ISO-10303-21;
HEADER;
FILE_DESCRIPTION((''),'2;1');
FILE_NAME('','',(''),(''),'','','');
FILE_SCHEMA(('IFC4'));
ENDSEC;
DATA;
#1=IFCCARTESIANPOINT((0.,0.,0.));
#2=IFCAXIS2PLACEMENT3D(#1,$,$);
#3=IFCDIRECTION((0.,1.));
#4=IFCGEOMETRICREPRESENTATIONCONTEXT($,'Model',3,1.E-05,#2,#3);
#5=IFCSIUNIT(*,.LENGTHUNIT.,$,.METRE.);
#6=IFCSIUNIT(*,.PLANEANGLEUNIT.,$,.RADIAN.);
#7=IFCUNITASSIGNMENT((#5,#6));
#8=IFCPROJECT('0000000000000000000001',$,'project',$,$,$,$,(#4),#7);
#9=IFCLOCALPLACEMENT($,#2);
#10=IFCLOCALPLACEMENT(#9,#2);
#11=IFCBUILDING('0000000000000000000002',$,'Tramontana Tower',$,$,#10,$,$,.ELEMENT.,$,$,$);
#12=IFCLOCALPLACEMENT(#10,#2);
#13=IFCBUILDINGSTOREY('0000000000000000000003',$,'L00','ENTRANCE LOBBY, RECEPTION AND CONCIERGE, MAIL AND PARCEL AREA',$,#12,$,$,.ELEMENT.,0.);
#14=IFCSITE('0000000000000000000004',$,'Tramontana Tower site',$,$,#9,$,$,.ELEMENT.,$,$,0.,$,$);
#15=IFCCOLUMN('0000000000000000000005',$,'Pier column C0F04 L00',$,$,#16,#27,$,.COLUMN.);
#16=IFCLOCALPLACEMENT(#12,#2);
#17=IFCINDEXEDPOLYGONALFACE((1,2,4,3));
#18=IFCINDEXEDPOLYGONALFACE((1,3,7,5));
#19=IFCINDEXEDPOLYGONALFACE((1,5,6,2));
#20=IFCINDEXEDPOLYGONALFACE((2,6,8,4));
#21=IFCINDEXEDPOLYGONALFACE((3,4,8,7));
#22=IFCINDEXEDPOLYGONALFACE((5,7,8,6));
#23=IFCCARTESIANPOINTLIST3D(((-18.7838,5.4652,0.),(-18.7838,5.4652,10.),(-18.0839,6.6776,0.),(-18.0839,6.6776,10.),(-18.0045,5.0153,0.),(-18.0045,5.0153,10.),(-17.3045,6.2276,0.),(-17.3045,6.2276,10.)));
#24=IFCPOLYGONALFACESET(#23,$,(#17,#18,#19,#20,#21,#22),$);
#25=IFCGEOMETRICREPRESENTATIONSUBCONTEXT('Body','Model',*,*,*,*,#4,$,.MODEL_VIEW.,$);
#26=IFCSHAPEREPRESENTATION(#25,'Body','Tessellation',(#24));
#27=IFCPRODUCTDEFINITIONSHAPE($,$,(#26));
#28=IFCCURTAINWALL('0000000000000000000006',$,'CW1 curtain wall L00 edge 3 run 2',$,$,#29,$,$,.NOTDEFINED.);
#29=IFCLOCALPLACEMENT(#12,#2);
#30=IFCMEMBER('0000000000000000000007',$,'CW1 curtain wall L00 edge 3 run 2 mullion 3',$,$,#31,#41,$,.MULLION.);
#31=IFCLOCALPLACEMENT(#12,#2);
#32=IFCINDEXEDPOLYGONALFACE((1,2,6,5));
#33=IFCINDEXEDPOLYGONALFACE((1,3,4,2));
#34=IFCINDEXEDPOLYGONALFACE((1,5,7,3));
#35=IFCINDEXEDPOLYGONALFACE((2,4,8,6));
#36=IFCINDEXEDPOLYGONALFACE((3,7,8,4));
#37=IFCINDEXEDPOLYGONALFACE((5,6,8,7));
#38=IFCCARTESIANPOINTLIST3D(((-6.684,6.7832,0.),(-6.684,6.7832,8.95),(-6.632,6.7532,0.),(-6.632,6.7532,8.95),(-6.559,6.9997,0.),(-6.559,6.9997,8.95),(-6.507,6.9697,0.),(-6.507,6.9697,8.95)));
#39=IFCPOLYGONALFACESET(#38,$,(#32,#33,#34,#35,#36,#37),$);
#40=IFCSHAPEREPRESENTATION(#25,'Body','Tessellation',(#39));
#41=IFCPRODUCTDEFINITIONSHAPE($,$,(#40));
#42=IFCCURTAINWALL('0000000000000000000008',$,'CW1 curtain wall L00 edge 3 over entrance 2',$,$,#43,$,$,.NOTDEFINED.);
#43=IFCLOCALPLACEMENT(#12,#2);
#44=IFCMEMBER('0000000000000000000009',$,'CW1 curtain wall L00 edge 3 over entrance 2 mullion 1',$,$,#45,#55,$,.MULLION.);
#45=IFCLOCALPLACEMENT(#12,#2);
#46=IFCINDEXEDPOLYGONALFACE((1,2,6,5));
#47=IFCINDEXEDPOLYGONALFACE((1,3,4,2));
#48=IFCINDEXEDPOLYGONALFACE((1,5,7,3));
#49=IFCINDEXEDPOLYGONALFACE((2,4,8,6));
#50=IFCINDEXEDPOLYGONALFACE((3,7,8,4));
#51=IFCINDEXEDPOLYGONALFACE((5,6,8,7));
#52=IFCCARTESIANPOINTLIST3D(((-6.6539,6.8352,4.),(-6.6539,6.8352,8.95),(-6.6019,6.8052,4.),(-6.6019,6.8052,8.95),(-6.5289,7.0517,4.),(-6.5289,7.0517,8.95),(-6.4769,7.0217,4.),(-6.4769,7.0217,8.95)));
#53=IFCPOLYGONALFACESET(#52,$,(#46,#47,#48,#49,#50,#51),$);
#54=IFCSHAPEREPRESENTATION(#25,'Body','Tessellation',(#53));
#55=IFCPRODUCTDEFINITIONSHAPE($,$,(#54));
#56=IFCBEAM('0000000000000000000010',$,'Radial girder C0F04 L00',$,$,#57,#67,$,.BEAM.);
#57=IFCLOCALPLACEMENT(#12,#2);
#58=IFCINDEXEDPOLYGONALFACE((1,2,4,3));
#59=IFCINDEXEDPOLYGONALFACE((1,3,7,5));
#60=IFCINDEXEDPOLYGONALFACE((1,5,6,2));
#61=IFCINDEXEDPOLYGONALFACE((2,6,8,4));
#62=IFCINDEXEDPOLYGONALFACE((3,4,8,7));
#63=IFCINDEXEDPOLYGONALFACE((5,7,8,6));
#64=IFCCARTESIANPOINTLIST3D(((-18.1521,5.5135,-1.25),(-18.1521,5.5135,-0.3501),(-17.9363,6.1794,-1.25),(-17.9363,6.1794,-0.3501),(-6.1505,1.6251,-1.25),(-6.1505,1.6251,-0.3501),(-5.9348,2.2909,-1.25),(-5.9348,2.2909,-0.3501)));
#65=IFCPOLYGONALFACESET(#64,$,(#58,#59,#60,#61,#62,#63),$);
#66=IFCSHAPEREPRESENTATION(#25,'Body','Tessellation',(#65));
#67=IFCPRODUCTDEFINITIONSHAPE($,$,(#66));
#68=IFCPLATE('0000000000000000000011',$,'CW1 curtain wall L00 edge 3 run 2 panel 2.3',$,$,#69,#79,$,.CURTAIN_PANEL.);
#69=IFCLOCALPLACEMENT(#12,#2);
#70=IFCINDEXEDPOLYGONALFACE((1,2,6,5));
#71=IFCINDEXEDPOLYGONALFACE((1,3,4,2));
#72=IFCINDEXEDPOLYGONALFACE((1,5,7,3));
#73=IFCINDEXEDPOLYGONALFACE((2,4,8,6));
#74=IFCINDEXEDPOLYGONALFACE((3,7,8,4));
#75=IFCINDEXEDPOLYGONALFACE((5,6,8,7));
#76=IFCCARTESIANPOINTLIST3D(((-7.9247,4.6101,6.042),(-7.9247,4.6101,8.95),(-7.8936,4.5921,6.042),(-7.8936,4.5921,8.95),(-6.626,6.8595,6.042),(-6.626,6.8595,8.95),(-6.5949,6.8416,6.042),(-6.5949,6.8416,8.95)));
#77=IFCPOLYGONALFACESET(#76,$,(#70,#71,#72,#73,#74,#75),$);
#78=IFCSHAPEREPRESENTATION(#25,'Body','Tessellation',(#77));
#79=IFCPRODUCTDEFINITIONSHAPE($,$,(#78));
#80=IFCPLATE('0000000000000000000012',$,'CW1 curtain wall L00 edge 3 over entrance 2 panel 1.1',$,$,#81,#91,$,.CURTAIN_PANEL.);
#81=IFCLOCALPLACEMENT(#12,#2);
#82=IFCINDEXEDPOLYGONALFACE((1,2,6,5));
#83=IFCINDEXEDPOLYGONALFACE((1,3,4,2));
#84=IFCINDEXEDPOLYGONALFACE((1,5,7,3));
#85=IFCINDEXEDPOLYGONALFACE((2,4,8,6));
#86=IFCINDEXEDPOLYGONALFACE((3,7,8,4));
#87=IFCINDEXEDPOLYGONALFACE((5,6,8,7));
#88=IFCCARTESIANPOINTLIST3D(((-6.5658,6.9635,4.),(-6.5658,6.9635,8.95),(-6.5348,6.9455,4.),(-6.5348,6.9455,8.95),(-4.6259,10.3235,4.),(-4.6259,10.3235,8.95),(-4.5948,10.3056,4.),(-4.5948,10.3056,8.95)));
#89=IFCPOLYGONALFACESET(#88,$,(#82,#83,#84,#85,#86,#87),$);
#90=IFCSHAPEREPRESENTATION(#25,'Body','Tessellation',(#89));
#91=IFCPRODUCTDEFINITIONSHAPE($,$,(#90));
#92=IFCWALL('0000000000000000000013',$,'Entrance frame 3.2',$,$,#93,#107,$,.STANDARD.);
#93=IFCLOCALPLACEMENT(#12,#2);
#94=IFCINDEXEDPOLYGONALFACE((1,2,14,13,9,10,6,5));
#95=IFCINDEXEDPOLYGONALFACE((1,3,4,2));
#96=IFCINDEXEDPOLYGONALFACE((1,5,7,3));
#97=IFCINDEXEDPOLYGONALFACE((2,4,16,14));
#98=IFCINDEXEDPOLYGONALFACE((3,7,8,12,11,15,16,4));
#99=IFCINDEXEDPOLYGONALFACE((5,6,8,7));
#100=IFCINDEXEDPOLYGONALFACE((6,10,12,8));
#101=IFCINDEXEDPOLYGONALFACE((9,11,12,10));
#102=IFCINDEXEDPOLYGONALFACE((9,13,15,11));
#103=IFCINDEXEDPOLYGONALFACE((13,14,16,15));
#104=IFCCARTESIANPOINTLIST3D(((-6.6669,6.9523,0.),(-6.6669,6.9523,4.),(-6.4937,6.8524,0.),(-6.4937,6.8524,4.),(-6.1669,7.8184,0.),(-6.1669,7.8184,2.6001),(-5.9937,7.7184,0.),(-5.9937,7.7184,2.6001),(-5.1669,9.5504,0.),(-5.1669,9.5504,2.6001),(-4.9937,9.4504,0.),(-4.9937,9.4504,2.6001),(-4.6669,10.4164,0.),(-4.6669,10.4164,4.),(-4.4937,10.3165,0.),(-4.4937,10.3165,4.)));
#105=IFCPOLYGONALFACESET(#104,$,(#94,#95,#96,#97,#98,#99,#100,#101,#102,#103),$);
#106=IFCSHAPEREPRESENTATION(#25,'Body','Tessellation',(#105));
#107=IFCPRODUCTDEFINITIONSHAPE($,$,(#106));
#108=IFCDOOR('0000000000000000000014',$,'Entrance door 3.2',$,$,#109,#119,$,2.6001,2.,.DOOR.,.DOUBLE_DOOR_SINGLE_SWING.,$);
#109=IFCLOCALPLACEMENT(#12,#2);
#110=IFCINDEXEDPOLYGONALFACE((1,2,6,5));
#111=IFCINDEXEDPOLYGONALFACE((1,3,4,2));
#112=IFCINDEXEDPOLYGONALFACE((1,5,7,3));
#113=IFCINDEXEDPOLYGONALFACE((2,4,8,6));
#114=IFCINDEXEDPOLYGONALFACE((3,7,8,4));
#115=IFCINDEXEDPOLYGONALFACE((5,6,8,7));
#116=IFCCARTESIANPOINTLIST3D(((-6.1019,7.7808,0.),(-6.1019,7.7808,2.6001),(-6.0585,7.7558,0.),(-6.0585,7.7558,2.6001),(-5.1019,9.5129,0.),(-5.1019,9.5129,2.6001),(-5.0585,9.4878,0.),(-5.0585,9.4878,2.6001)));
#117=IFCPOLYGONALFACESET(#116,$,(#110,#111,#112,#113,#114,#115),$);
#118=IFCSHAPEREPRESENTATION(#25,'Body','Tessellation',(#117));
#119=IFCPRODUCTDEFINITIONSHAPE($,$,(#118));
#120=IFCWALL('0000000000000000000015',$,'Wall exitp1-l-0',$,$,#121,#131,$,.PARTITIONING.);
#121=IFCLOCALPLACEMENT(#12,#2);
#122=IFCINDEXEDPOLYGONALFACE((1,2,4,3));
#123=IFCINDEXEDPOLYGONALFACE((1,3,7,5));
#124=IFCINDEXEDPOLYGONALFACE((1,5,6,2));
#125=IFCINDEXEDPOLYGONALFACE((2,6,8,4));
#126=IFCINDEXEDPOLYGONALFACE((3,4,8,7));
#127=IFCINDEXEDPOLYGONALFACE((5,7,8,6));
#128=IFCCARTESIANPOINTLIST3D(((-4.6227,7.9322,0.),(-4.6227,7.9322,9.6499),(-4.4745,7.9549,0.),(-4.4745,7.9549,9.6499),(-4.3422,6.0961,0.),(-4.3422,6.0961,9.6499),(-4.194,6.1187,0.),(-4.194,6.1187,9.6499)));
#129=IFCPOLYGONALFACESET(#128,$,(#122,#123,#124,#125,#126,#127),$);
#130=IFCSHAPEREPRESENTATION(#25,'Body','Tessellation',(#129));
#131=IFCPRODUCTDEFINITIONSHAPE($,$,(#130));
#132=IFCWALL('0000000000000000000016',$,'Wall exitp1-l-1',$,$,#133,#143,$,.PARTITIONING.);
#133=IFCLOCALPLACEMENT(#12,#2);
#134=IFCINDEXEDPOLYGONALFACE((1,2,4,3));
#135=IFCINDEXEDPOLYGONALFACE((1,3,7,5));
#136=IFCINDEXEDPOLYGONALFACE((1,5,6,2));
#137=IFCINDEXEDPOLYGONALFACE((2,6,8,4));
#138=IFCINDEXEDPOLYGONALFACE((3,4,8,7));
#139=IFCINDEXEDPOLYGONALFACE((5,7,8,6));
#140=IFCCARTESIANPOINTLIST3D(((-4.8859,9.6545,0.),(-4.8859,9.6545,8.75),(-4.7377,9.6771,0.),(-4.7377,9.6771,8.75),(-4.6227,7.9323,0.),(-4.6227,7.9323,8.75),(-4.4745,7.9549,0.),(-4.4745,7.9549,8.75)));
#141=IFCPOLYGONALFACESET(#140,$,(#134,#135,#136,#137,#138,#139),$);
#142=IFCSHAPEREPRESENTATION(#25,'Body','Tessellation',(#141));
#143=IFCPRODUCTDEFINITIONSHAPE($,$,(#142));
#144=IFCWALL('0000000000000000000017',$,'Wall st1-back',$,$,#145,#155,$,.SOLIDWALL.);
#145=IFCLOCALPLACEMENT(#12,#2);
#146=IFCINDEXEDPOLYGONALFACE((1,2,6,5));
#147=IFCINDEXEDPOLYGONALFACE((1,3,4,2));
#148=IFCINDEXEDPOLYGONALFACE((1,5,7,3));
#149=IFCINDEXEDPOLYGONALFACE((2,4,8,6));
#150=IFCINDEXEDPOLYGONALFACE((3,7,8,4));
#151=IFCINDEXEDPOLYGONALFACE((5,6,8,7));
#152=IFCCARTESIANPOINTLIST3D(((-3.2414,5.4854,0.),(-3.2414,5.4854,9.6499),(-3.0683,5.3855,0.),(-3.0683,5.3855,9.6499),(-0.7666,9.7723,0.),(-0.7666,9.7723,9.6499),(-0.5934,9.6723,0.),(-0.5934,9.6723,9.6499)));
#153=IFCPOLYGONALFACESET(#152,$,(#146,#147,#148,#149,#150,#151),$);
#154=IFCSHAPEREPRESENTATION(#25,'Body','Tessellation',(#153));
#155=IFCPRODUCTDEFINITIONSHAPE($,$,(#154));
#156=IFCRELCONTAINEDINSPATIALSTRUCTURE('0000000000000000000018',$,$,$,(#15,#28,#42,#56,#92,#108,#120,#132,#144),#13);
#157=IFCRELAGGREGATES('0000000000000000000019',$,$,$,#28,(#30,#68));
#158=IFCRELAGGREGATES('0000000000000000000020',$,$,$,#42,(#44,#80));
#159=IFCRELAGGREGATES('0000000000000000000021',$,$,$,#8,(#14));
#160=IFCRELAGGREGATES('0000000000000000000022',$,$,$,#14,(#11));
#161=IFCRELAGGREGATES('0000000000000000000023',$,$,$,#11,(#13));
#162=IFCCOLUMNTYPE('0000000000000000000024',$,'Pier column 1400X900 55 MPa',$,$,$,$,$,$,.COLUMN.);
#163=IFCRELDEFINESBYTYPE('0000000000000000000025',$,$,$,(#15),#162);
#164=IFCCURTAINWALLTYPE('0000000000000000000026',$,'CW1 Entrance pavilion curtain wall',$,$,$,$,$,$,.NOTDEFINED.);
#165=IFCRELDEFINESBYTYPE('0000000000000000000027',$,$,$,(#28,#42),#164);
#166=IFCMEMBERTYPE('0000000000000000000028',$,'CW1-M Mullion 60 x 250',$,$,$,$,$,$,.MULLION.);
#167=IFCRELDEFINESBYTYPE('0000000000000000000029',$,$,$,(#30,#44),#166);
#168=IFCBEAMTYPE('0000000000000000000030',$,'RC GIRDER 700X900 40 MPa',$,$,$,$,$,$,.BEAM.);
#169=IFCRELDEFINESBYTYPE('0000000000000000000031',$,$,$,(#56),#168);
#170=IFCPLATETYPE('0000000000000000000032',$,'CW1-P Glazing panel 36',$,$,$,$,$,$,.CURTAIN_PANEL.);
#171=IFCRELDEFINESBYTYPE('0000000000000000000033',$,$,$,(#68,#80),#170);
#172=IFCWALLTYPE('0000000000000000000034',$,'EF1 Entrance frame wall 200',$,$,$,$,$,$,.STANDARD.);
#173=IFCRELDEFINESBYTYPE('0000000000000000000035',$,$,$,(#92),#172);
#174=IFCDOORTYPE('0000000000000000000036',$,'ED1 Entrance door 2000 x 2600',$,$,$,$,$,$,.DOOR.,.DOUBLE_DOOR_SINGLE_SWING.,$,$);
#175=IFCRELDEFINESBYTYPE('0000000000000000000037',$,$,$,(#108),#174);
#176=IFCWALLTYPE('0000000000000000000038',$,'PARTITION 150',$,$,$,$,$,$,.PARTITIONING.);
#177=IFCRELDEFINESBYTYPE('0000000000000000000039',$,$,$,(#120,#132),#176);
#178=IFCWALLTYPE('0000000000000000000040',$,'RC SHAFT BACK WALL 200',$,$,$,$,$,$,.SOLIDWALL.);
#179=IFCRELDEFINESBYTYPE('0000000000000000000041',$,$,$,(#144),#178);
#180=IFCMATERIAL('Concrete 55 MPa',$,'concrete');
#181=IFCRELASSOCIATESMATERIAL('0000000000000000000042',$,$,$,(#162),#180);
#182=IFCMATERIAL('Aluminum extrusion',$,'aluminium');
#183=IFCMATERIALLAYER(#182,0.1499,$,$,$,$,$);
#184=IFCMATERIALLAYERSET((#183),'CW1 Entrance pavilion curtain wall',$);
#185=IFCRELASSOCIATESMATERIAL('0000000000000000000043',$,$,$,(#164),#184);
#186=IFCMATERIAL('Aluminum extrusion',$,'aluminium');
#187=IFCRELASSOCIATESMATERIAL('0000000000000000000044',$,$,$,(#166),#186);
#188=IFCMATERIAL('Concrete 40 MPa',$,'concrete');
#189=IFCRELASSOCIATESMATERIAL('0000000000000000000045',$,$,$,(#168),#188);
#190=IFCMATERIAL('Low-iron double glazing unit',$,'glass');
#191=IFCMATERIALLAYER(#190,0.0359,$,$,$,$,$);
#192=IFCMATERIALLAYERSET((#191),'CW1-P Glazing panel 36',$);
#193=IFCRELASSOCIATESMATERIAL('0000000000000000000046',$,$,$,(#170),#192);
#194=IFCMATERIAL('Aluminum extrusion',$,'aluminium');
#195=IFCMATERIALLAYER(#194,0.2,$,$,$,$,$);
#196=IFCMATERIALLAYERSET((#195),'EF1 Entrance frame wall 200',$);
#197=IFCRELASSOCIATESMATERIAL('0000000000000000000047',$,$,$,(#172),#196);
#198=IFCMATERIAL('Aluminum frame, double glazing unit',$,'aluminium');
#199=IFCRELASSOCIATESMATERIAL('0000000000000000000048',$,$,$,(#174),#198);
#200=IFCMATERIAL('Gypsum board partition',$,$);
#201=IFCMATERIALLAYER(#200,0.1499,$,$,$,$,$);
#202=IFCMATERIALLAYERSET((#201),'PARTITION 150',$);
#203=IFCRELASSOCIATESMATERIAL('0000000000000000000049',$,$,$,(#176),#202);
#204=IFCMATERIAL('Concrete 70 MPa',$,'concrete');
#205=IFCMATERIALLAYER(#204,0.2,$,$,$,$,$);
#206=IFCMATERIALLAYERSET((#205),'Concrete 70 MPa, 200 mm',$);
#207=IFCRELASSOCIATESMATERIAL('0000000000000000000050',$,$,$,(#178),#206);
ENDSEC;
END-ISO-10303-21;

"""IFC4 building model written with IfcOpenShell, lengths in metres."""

from ifc_helpers import new_model, si_unit, direction, frame, frame_2d, origin, origin_2d, place, context, subcontext, project, spatial, rectangle, extrude, material, layer, layer_set, material_profile, profile_set, type_object, element, fill, aggregate, save


model = new_model("IFC4")

# Units and contexts
model_context = context("Model", 3, precision=1e-05, world=origin(), true_north=direction((0.0, 1.0)))
body_context = subcontext(model_context, "Body", "Model", "MODEL_VIEW")
ifc_project = project(units=[si_unit("LENGTHUNIT", "METRE"), si_unit("PLANEANGLEUNIT", "RADIAN")], contexts=[model_context])

# Site, building, storey
site_placement = place(None, origin())
site = spatial("IfcSite", under=ifc_project, at=site_placement, Name="Tramontana Tower site", CompositionType="ELEMENT", RefElevation=0.0)
building_placement = place(site_placement, origin())
building = spatial("IfcBuilding", under=site, at=building_placement, Name="Tramontana Tower", CompositionType="ELEMENT")
storey_placement = place(building_placement, origin())
storey = spatial("IfcBuildingStorey", under=building, at=storey_placement, Name="L00", Description="ENTRANCE LOBBY, RECEPTION AND CONCIERGE, MAIL AND PARCEL AREA", CompositionType="ELEMENT", Elevation=0.0)

# Column
ifc_material_1 = material(Name="Concrete 55 MPa", Category="concrete")
ifc_material_profile_1 = material_profile(ifc_material_1, rectangle(XDim=1.3999, YDim=0.8999, at=origin_2d()), Name="Pier column 1400X900 55 MPa")
ifc_profile_set_1 = profile_set([ifc_material_profile_1], Name="Concrete 55 MPa")
column_type = type_object("IfcColumnType", Name="Pier column 1400X900 55 MPa", PredefinedType="COLUMN", material=ifc_profile_set_1)
column_placement = place(storey_placement, frame((-18.0442, 5.8464, 0.0), z_axis=(0.0, 0.0, 1.0), x_axis=(-0.5, -0.866025, 0.0)))
element("IfcColumn", 1, at=column_placement, inside=storey, type_object=column_type, Name="Pier column C0F04 L00", PredefinedType="COLUMN", context=body_context, shape_type="SweptSolid", body=[
    extrude(rectangle(XDim=1.3999, YDim=0.8999, at=origin_2d()), origin(), (0.0, 0.0, 1.0), 10.0),
])

# Curtain walls, members
ifc_material_2 = material(Name="Aluminum extrusion", Category="aluminium")
ifc_layer_1 = layer(ifc_material_2, 0.1499)
ifc_layer_set_1 = layer_set([ifc_layer_1], Name="CW1 Entrance pavilion curtain wall")
curtain_wall_type = type_object("IfcCurtainWallType", Name="CW1 Entrance pavilion curtain wall", PredefinedType="NOTDEFINED", material=ifc_layer_set_1)
curtain_wall_1_placement = place(storey_placement, origin())
curtain_wall_1 = element("IfcCurtainWall", 2, at=curtain_wall_1_placement, inside=storey, type_object=curtain_wall_type, Name="CW1 curtain wall L00 edge 3 run 2", PredefinedType="NOTDEFINED")
ifc_material_3 = material(Name="Aluminum extrusion", Category="aluminium")
ifc_material_profile_2 = material_profile(ifc_material_3, rectangle(XDim=0.0601, YDim=0.25, at=origin_2d()), Name="CW1-M Mullion 60 x 250")
ifc_profile_set_2 = profile_set([ifc_material_profile_2], Name="Aluminum extrusion")
member_type = type_object("IfcMemberType", Name="CW1-M Mullion 60 x 250", PredefinedType="MULLION", material=ifc_profile_set_2)
member_1_placement = place(storey_placement, frame((-6.5955, 6.8765, 0.0), z_axis=(0.0, 0.0, 1.0), x_axis=(-0.866025, 0.5, 0.0)))
member_1 = element("IfcMember", 3, at=member_1_placement, type_object=member_type, Name="CW1 curtain wall L00 edge 3 run 2 mullion 3", PredefinedType="MULLION", context=body_context, shape_type="SweptSolid", body=[
    extrude(rectangle(XDim=0.0601, YDim=0.25, at=origin_2d()), origin(), (0.0, 0.0, 1.0), 8.95),
])
curtain_wall_2_placement = place(storey_placement, origin())
curtain_wall_2 = element("IfcCurtainWall", 4, at=curtain_wall_2_placement, inside=storey, type_object=curtain_wall_type, Name="CW1 curtain wall L00 edge 3 over entrance 2", PredefinedType="NOTDEFINED")
member_2_placement = place(storey_placement, frame((-6.5654, 6.9285, 4.0), z_axis=(0.0, 0.0, 1.0), x_axis=(-0.866025, 0.5, 0.0)))
member_2 = element("IfcMember", 5, at=member_2_placement, type_object=member_type, Name="CW1 curtain wall L00 edge 3 over entrance 2 mullion 1", PredefinedType="MULLION", context=body_context, shape_type="SweptSolid", body=[
    extrude(rectangle(XDim=0.0601, YDim=0.25, at=origin_2d()), origin(), (0.0, 0.0, 1.0), 4.95),
])

# Beam
ifc_material_4 = material(Name="Concrete 40 MPa", Category="concrete")
ifc_material_profile_3 = material_profile(ifc_material_4, rectangle(XDim=0.7, YDim=0.8999, at=origin_2d()), Name="RC GIRDER 700X900 40 MPa")
ifc_profile_set_3 = profile_set([ifc_material_profile_3], Name="Concrete 40 MPa")
beam_type = type_object("IfcBeamType", Name="RC GIRDER 700X900 40 MPa", PredefinedType="BEAM", material=ifc_profile_set_3)
beam_placement = place(storey_placement, frame((-18.0442, 5.8464, -0.8), z_axis=(0.951314, -0.308222, 0.0), x_axis=(0.308222, 0.951314, 0.0)))
element("IfcBeam", 6, at=beam_placement, inside=storey, type_object=beam_type, Name="Radial girder C0F04 L00", PredefinedType="BEAM", context=body_context, shape_type="SweptSolid", body=[
    extrude(rectangle(XDim=0.7, YDim=0.8999, at=origin_2d()), origin(), (0.0, 0.0, 1.0), 12.6157),
])

# Plates
ifc_material_5 = material(Name="Low-iron double glazing unit", Category="glass")
ifc_layer_2 = layer(ifc_material_5, 0.0359)
ifc_layer_set_2 = layer_set([ifc_layer_2], Name="CW1-P Glazing panel 36")
plate_type = type_object("IfcPlateType", Name="CW1-P Glazing panel 36", PredefinedType="CURTAIN_PANEL", material=ifc_layer_set_2)
plate_1_placement = place(storey_placement, frame((-7.2598, 5.7258, 6.042), z_axis=(0.0, 0.0, 1.0), x_axis=(0.5, 0.866025, 0.0)))
plate_1 = element("IfcPlate", 7, at=plate_1_placement, type_object=plate_type, Name="CW1 curtain wall L00 edge 3 run 2 panel 2.3", PredefinedType="CURTAIN_PANEL", context=body_context, shape_type="SweptSolid", body=[
    extrude(rectangle(XDim=2.5974, YDim=0.0359, at=origin_2d()), origin(), (0.0, 0.0, 1.0), 2.908),
])
aggregate(curtain_wall_1, [member_1, plate_1])
plate_2_placement = place(storey_placement, frame((-5.5803, 8.6345, 4.0), z_axis=(0.0, 0.0, 1.0), x_axis=(0.5, 0.866025, 0.0)))
plate_2 = element("IfcPlate", 8, at=plate_2_placement, type_object=plate_type, Name="CW1 curtain wall L00 edge 3 over entrance 2 panel 1.1", PredefinedType="CURTAIN_PANEL", context=body_context, shape_type="SweptSolid", body=[
    extrude(rectangle(XDim=3.8799, YDim=0.0359, at=origin_2d()), origin(), (0.0, 0.0, 1.0), 4.95),
])
aggregate(curtain_wall_2, [member_2, plate_2])

# Wall, opening, door
ifc_material_6 = material(Name="Aluminum extrusion", Category="aluminium")
ifc_layer_3 = layer(ifc_material_6, 0.2)
ifc_layer_set_3 = layer_set([ifc_layer_3], Name="EF1 Entrance frame wall 200")
wall_type_1 = type_object("IfcWallType", Name="EF1 Entrance frame wall 200", PredefinedType="STANDARD", material=ifc_layer_set_3)
wall_1_placement = place(storey_placement, frame((-6.5803, 6.9023, 0.0), z_axis=(0.0, 0.0, 1.0), x_axis=(0.499999, 0.866026, 0.0)))
wall_1 = element("IfcWall", 9, at=wall_1_placement, inside=storey, type_object=wall_type_1, Name="Entrance frame 3.2", PredefinedType="STANDARD", context=body_context, shape_type="SweptSolid", body=[
    extrude(rectangle(XDim=4.0, YDim=0.2, at=frame_2d((2.0, 0.0))), origin(), (0.0, 0.0, 1.0), 4.0),
])
opening_placement = place(wall_1_placement, frame((1.0, 0.0, 0.0)))
opening = element("IfcOpeningElement", 10, at=opening_placement, cuts=wall_1, PredefinedType="OPENING", context=body_context, shape_type="SweptSolid", body=[
    extrude(rectangle(XDim=2.0, YDim=2.6001, at=frame_2d((1.0, 1.3))), frame((0.0, 0.1099, 0.0), z_axis=(0.0, -1.0, 0.0), x_axis=(1.0, 0.0, 0.0)), (0.0, 0.0, 1.0), 0.22),
])
ifc_material_7 = material(Name="Aluminum frame, double glazing unit", Category="aluminium")
door_type = type_object("IfcDoorType", Name="ED1 Entrance door 2000 x 2600", OperationType="DOUBLE_DOOR_SINGLE_SWING", PredefinedType="DOOR", material=ifc_material_7)
door_placement = place(opening_placement, origin())
door = element("IfcDoor", 11, at=door_placement, inside=storey, type_object=door_type, Name="Entrance door 3.2", OperationType="DOUBLE_DOOR_SINGLE_SWING", OverallHeight=2.6001, OverallWidth=2.0, PredefinedType="DOOR", context=body_context, shape_type="SweptSolid", body=[
    extrude(rectangle(XDim=2.0, YDim=2.6001, at=frame_2d((1.0, 1.3))), frame((0.0, 0.0249, 0.0), z_axis=(0.0, -1.0, 0.0), x_axis=(1.0, 0.0, 0.0)), (0.0, 0.0, 1.0), 0.05),
])
fill(opening, door)

# Walls
ifc_material_8 = material(Name="Gypsum board partition")
ifc_layer_4 = layer(ifc_material_8, 0.1499)
ifc_layer_set_4 = layer_set([ifc_layer_4], Name="PARTITION 150")
wall_type_2 = type_object("IfcWallType", Name="PARTITION 150", PredefinedType="PARTITIONING", material=ifc_layer_set_4)
wall_2_placement = place(storey_placement, frame((-4.2681, 6.1074, 0.0), z_axis=(0.0, 0.0, 1.0), x_axis=(-0.15102, 0.988531, 0.0)))
element("IfcWall", 12, at=wall_2_placement, inside=storey, type_object=wall_type_2, Name="Wall exitp1-l-0", PredefinedType="PARTITIONING", context=body_context, shape_type="SweptSolid", body=[
    extrude(rectangle(XDim=1.8574, YDim=0.1499, at=frame_2d((0.9287, 0.0))), origin(), (0.0, 0.0, 1.0), 9.6499),
])
wall_3_placement = place(storey_placement, frame((-4.5486, 7.9436, 0.0), z_axis=(0.0, 0.0, 1.0), x_axis=(-0.151067, 0.988523, 0.0)))
element("IfcWall", 13, at=wall_3_placement, inside=storey, type_object=wall_type_2, Name="Wall exitp1-l-1", PredefinedType="PARTITIONING", context=body_context, shape_type="SweptSolid", body=[
    extrude(rectangle(XDim=1.7422, YDim=0.1499, at=frame_2d((0.8711, 0.0))), origin(), (0.0, 0.0, 1.0), 8.75),
])
ifc_material_9 = material(Name="Concrete 70 MPa", Category="concrete")
ifc_layer_5 = layer(ifc_material_9, 0.2)
ifc_layer_set_5 = layer_set([ifc_layer_5], Name="Concrete 70 MPa, 200 mm")
wall_type_3 = type_object("IfcWallType", Name="RC SHAFT BACK WALL 200", PredefinedType="SOLIDWALL", material=ifc_layer_set_5)
wall_4_placement = place(storey_placement, frame((-0.6799, 9.7224, 0.0), z_axis=(0.0, 0.0, 1.0), x_axis=(-0.499974, -0.86604, 0.0)))
element("IfcWall", 14, at=wall_4_placement, inside=storey, type_object=wall_type_3, Name="Wall st1-back", PredefinedType="SOLIDWALL", context=body_context, shape_type="SweptSolid", body=[
    extrude(rectangle(XDim=4.95, YDim=0.2, at=frame_2d((2.4751, 0.0))), origin(), (0.0, 0.0, 1.0), 9.6499),
])

save(model, "model.ifc")
